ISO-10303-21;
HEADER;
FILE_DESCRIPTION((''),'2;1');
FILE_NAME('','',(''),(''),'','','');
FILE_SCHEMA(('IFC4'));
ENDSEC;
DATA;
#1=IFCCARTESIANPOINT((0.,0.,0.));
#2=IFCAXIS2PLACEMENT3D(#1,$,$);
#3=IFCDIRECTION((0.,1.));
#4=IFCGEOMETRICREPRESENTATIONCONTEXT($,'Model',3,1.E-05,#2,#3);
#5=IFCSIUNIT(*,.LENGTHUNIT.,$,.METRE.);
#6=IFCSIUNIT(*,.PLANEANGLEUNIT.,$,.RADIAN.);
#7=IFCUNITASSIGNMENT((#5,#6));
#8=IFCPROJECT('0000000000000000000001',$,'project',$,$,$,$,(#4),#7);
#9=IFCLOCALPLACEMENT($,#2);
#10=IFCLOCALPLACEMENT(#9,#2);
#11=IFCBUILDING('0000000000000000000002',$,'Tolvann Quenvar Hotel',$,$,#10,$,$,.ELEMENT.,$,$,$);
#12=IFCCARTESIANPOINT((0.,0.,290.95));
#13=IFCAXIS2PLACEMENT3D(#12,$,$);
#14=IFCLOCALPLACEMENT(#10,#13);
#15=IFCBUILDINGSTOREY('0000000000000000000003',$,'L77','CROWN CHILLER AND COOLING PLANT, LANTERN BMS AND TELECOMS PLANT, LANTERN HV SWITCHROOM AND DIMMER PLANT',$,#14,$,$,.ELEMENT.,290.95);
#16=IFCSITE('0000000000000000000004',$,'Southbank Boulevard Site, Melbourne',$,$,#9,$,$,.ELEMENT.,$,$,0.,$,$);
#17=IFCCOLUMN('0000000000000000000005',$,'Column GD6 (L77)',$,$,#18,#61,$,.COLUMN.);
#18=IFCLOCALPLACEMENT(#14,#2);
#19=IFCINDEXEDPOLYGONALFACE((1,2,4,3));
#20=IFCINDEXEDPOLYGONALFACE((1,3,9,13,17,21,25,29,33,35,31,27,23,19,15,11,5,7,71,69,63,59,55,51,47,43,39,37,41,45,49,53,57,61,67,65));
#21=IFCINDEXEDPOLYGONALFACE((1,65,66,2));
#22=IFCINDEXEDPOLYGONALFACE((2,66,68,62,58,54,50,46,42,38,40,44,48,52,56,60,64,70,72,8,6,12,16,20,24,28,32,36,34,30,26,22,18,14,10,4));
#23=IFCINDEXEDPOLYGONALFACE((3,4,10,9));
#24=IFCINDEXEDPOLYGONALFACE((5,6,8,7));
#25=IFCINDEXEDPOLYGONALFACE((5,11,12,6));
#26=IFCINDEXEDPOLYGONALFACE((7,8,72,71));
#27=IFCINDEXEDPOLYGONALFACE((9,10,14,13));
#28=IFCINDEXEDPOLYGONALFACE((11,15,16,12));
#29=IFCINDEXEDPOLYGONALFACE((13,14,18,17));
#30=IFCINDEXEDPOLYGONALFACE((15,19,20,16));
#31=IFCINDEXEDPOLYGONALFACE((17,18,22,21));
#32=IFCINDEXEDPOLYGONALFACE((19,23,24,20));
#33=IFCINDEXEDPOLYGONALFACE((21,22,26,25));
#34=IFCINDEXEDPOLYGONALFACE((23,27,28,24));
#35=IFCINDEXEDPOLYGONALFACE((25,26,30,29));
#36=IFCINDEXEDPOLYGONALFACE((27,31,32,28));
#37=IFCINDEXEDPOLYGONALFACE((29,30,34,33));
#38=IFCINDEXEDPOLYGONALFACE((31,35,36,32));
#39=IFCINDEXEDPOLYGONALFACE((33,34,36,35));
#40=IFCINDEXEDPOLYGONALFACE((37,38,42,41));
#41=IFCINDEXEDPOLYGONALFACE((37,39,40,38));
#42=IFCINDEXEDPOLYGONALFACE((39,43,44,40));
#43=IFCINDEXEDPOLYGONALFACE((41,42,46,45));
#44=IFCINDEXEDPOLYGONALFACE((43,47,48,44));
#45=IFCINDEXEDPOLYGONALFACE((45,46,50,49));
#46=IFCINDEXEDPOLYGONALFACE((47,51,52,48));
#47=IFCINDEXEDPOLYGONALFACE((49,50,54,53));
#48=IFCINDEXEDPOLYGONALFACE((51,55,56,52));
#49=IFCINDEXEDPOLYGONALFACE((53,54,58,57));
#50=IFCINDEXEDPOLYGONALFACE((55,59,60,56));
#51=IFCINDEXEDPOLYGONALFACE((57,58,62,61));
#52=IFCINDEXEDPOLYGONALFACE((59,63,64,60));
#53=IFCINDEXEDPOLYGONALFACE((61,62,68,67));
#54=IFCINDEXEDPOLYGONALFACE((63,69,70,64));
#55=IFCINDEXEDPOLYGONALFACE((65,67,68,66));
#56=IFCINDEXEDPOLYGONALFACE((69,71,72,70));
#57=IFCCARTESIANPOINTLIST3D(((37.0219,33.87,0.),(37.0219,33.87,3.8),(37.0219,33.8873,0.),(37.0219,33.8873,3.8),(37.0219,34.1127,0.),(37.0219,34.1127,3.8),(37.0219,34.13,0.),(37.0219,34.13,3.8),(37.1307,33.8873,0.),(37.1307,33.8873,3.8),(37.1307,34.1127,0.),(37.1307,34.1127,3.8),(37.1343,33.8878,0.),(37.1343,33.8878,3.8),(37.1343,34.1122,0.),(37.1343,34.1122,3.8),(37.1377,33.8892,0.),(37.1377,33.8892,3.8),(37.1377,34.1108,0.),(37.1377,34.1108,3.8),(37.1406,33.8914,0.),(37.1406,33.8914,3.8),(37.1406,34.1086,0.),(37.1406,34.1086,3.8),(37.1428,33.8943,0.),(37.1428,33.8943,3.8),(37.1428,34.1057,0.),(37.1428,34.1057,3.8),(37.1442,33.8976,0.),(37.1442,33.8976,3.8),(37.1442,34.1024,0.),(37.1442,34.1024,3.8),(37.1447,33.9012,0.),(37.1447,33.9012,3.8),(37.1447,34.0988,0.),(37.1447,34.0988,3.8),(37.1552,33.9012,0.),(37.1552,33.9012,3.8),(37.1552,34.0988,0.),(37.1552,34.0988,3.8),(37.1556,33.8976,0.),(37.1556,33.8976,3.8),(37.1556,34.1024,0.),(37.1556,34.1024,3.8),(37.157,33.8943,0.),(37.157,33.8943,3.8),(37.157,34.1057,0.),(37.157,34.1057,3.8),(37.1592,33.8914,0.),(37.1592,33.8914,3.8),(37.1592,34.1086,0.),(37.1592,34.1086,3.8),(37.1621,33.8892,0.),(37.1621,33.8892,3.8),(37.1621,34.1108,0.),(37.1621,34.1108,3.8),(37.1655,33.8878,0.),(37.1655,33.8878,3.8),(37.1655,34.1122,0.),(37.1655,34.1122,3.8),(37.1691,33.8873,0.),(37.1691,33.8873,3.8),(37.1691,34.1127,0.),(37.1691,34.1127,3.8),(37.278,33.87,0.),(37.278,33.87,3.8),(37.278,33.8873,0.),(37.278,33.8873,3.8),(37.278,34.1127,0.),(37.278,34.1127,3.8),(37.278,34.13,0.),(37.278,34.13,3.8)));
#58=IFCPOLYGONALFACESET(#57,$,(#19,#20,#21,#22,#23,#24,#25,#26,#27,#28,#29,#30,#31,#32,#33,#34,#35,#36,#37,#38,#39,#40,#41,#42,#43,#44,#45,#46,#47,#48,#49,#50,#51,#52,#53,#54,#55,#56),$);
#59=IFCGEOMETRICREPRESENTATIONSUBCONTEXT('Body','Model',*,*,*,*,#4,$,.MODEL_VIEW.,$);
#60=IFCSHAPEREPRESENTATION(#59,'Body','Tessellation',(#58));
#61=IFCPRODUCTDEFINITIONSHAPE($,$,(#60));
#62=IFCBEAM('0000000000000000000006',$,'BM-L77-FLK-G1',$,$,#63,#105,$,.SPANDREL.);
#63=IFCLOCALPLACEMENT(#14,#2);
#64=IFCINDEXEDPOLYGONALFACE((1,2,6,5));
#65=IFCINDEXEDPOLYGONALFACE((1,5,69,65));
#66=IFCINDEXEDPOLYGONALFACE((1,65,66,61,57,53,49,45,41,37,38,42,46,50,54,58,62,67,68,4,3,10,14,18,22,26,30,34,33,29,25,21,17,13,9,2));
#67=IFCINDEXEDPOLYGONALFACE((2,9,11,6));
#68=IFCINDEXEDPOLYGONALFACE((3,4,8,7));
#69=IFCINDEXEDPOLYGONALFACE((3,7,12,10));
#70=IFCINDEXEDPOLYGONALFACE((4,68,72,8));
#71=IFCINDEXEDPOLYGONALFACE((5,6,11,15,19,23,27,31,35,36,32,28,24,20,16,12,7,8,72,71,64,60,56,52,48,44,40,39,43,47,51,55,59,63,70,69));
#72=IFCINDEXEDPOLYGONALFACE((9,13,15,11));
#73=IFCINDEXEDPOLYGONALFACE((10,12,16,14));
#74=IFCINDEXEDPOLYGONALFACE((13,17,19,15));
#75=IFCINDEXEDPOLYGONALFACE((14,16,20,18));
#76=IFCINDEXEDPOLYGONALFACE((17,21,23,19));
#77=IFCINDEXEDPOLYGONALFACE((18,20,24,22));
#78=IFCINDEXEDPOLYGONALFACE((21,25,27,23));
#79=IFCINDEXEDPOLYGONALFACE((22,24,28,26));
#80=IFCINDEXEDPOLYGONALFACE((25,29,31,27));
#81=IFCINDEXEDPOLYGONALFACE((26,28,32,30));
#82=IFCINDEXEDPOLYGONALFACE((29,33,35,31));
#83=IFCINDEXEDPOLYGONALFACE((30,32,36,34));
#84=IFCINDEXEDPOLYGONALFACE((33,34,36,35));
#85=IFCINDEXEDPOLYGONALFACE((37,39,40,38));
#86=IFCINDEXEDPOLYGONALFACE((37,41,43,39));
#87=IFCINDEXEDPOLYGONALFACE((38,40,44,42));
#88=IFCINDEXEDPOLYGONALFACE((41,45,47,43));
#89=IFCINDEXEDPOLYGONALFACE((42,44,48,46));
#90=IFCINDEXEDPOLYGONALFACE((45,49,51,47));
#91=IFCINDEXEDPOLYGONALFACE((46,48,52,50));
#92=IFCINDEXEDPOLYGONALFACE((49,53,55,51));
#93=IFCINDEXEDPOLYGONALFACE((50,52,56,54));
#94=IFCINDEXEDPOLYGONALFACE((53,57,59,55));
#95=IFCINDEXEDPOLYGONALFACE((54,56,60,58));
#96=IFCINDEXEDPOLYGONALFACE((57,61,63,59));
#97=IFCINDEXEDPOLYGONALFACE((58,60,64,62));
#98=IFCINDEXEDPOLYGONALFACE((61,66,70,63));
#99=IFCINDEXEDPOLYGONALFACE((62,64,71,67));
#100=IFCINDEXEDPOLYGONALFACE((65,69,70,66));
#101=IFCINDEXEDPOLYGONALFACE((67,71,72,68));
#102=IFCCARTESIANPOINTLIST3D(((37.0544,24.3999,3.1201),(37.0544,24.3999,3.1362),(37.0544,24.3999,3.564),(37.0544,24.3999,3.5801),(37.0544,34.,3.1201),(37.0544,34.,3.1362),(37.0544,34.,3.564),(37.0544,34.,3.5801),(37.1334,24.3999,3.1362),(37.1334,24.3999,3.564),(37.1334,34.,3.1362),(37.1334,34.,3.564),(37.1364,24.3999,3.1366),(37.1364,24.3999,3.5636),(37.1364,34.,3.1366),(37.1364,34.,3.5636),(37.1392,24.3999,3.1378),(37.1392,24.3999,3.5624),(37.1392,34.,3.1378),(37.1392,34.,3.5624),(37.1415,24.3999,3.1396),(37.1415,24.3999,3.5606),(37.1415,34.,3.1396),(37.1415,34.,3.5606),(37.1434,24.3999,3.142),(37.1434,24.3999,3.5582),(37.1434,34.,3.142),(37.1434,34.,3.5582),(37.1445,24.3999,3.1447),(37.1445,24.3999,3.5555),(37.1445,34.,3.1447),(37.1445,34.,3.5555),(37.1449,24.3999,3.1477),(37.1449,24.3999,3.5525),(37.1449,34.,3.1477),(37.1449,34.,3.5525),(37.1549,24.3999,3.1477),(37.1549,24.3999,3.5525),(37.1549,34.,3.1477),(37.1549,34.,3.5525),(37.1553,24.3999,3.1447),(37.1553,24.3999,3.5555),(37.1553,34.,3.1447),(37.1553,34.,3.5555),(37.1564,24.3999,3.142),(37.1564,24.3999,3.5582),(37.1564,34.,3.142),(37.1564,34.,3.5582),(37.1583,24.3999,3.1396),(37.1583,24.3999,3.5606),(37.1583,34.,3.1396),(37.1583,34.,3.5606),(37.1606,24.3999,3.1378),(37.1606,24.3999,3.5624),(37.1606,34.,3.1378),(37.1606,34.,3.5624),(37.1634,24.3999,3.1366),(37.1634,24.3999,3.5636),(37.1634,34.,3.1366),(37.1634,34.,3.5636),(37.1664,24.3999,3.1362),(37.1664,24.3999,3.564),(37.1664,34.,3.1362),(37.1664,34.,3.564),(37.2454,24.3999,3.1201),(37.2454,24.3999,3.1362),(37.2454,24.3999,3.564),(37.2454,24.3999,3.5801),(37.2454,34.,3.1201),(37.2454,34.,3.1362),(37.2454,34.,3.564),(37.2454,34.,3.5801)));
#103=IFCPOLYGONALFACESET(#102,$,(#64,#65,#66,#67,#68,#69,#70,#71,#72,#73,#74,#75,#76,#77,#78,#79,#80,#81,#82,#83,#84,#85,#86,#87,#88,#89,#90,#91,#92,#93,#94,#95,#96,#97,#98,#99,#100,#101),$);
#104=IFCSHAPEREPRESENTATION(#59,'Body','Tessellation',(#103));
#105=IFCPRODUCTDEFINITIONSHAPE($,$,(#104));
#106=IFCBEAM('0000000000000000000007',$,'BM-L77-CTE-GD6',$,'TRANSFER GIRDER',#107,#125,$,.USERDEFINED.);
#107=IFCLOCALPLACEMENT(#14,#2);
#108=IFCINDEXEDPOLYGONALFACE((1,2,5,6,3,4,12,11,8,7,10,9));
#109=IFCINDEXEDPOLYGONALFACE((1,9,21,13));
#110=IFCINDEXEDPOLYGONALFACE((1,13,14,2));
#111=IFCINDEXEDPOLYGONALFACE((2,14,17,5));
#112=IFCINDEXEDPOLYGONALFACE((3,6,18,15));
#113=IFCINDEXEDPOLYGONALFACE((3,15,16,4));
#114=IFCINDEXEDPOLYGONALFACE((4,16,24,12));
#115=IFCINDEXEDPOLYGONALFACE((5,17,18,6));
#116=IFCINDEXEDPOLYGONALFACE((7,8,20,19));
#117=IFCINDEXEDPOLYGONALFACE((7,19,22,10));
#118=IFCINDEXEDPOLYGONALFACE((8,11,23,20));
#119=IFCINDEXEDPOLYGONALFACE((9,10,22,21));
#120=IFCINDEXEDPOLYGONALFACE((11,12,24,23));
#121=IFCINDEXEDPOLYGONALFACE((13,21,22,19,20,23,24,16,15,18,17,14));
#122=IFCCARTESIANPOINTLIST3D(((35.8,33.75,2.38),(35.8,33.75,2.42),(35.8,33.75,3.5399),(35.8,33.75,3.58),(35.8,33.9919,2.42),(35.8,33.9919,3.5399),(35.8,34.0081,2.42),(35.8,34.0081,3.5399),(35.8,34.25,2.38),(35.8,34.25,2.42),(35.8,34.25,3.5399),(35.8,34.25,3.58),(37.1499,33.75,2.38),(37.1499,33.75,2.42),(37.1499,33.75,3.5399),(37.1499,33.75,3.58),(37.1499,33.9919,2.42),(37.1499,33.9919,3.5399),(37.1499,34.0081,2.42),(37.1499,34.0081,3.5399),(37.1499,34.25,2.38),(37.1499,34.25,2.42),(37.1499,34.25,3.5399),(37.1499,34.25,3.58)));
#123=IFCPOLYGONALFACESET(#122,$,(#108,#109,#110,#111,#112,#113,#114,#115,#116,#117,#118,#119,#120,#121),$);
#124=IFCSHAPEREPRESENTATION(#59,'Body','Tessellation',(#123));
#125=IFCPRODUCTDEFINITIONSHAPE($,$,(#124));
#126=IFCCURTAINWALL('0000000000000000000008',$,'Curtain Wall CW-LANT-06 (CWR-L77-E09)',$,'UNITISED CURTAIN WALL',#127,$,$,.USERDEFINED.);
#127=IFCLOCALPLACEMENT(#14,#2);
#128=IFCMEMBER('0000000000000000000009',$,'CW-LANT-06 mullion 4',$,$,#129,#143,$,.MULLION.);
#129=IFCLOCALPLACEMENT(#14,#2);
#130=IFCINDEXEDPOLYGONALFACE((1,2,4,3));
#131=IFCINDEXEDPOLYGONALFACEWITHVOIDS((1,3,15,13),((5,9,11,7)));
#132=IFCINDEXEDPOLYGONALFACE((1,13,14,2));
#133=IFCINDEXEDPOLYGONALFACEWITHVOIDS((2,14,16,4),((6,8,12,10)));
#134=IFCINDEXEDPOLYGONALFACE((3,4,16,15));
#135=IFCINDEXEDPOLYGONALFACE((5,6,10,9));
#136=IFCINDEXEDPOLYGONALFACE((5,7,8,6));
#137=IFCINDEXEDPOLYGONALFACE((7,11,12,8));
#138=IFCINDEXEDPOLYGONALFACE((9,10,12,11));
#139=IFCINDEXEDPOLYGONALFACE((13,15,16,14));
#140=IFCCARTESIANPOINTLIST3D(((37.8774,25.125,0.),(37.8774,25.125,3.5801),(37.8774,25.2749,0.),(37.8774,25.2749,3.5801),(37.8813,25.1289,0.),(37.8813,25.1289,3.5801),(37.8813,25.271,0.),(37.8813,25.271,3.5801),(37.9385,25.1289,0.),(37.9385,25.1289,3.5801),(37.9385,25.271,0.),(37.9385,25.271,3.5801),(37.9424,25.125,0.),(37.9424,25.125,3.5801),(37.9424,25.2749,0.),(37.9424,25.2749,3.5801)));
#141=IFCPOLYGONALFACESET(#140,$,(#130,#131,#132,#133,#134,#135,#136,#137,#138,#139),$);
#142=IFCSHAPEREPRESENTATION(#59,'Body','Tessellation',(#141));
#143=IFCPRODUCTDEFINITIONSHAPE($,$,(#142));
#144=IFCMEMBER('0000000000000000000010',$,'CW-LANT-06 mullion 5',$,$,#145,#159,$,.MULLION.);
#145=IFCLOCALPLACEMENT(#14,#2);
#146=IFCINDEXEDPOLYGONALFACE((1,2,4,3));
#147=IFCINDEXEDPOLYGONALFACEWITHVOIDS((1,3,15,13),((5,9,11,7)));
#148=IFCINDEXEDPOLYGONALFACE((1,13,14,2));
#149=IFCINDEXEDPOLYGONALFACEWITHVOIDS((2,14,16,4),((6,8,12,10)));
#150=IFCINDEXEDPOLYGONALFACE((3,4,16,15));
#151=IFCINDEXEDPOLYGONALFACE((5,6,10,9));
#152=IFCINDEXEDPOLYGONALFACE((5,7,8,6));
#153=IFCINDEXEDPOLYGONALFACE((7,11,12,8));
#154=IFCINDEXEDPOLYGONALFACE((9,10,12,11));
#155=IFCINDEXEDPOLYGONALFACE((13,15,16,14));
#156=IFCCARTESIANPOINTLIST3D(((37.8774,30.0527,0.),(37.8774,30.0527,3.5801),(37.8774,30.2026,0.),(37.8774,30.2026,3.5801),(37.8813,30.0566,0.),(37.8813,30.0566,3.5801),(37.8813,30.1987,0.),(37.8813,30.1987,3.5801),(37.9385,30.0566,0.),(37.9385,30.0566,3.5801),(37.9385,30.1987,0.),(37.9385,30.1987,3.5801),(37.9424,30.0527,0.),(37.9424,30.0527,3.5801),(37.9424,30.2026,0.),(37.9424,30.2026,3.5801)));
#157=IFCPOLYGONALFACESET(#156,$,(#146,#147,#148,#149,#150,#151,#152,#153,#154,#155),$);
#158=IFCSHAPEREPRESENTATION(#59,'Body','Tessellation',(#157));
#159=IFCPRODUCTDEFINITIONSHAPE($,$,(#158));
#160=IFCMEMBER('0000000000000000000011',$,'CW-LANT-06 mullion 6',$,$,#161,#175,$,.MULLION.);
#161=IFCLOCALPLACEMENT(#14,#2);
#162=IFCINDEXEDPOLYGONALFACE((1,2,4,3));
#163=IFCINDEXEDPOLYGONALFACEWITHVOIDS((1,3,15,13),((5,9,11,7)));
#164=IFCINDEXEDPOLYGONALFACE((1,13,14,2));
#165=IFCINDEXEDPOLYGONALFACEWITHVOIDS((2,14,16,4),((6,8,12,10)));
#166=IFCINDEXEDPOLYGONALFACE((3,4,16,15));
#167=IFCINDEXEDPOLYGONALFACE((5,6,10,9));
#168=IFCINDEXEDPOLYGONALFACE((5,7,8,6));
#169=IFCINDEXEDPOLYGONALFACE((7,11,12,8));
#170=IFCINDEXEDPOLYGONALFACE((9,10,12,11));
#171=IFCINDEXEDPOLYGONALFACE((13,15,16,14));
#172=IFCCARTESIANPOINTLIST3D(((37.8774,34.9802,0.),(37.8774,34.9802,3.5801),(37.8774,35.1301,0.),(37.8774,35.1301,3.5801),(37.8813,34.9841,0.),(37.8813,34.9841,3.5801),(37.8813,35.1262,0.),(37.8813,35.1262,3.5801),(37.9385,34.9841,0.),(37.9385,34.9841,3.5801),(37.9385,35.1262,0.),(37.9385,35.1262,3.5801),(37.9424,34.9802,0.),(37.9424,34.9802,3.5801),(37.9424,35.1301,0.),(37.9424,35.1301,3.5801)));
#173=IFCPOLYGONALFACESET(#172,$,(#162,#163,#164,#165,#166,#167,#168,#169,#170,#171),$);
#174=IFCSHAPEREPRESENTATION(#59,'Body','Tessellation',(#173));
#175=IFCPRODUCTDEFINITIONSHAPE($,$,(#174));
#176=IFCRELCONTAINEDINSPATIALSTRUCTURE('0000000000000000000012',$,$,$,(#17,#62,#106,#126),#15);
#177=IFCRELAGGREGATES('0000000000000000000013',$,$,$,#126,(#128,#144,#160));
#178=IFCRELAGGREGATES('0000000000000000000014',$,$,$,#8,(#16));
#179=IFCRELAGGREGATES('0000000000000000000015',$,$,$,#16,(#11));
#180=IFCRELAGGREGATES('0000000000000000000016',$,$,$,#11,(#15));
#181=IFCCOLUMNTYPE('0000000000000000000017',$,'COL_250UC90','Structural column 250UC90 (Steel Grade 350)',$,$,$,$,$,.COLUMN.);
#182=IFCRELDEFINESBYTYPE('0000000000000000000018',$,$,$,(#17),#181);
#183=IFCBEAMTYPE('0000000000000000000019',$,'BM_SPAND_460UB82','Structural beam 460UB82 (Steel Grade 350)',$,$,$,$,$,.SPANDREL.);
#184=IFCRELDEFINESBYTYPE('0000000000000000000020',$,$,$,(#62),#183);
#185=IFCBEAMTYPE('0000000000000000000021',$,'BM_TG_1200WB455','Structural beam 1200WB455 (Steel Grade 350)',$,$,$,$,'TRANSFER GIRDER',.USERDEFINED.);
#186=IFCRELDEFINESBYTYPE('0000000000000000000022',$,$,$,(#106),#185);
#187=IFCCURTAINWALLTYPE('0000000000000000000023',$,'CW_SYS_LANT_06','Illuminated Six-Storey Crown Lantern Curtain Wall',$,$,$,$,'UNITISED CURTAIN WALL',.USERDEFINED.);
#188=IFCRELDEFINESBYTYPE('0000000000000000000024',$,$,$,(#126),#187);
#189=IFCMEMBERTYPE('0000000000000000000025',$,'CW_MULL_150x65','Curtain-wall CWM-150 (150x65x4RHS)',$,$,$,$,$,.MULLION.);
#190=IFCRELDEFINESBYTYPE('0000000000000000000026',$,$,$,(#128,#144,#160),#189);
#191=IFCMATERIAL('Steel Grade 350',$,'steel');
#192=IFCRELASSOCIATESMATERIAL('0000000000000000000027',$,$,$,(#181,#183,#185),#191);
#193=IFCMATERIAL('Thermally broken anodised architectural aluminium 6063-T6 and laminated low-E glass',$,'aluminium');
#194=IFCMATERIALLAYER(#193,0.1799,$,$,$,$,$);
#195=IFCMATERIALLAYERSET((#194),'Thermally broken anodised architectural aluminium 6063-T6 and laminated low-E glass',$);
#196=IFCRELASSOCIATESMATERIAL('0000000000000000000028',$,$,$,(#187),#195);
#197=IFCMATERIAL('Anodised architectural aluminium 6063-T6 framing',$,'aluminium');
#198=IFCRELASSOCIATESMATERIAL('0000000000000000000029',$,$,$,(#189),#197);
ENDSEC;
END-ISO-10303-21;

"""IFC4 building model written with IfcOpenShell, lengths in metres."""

from ifc_helpers import new_model, si_unit, direction, frame, origin, origin_2d, place, context, subcontext, project, spatial, hollow_rectangle, i_section, extrude, source, transform, mapped, material, layer, layer_set, material_profile, profile_set, type_object, type_shapes, element, aggregate, save


model = new_model("IFC4")

# Units and contexts
model_context = context("Model", 3, precision=1e-05, world=origin(), true_north=direction((0.0, 1.0)))
body_context = subcontext(model_context, "Body", "Model", "MODEL_VIEW")
ifc_project = project(units=[si_unit("LENGTHUNIT", "METRE"), si_unit("PLANEANGLEUNIT", "RADIAN")], contexts=[model_context])

# Site, building, storey
site_placement = place(None, origin())
site = spatial("IfcSite", under=ifc_project, at=site_placement, Name="Southbank Boulevard Site, Melbourne", CompositionType="ELEMENT", RefElevation=0.0)
building_placement = place(site_placement, origin())
building = spatial("IfcBuilding", under=site, at=building_placement, Name="Tolvann Quenvar Hotel", CompositionType="ELEMENT")
storey_placement = place(building_placement, frame((0.0, 0.0, 290.95)))
storey = spatial("IfcBuildingStorey", under=building, at=storey_placement, Name="L77", Description="CROWN CHILLER AND COOLING PLANT, LANTERN BMS AND TELECOMS PLANT, LANTERN HV SWITCHROOM AND DIMMER PLANT", CompositionType="ELEMENT", Elevation=290.95)

# Column
ifc_material_1 = material(Name="Steel Grade 350", Category="steel")
ifc_material_profile_1 = material_profile(ifc_material_1, i_section(OverallWidth=0.2561, OverallDepth=0.26, WebThickness=0.0105, FlangeThickness=0.0173, FilletRadius=0.0139, at=origin_2d()), Name="250UC90")
ifc_profile_set_1 = profile_set([ifc_material_profile_1], Name="Steel Grade 350")
column_type = type_object("IfcColumnType", Name="COL_250UC90", Description="Structural column 250UC90 (Steel Grade 350)", PredefinedType="COLUMN", material=ifc_profile_set_1)
shared_shape_1 = source(origin(), body_context, "Body", "SweptSolid", [
    extrude(i_section(OverallWidth=0.2561, OverallDepth=0.26, WebThickness=0.0105, FlangeThickness=0.0173, FilletRadius=0.0139, at=origin_2d()), origin(), (0.0, 0.0, 1.0), 3.8),
])
type_shapes(column_type, [shared_shape_1])
column_placement = place(storey_placement, frame((37.1499, 34.0, 0.0), z_axis=(0.0, 0.0, 1.0), x_axis=(1.0, 0.0, 0.0)))
element("IfcColumn", 1, at=column_placement, inside=storey, type_object=column_type, Name="Column GD6 (L77)", PredefinedType="COLUMN", context=body_context, shape_type="MappedRepresentation", body=[
    mapped(shared_shape_1, transform((0.0, 0.0, 0.0), x_axis=(1.0, 0.0, 0.0), y_axis=(0.0, 1.0, 0.0), z_axis=(0.0, 0.0, 1.0), scale=1.0)),
])

# Beams
ifc_material_profile_2 = material_profile(ifc_material_1, i_section(OverallWidth=0.1909, OverallDepth=0.46, WebThickness=0.01, FlangeThickness=0.0161, FilletRadius=0.0115, at=origin_2d()), Name="460UB82")
ifc_profile_set_2 = profile_set([ifc_material_profile_2], Name="Steel Grade 350")
beam_type_1 = type_object("IfcBeamType", Name="BM_SPAND_460UB82", Description="Structural beam 460UB82 (Steel Grade 350)", PredefinedType="SPANDREL", material=ifc_profile_set_2)
shared_shape_2 = source(origin(), body_context, "Body", "SweptSolid", [
    extrude(i_section(OverallWidth=0.1909, OverallDepth=0.46, WebThickness=0.01, FlangeThickness=0.0161, FilletRadius=0.0115, at=origin_2d()), origin(), (0.0, 0.0, 1.0), 9.6001),
])
type_shapes(beam_type_1, [shared_shape_2])
beam_1_placement = place(storey_placement, frame((37.1499, 24.3999, 3.3501), z_axis=(0.0, 1.0, 0.0), x_axis=(-1.0, 0.0, 0.0)))
element("IfcBeam", 2, at=beam_1_placement, inside=storey, type_object=beam_type_1, Name="BM-L77-FLK-G1", PredefinedType="SPANDREL", context=body_context, shape_type="MappedRepresentation", body=[
    mapped(shared_shape_2, transform((0.0, 0.0, 0.0), x_axis=(1.0, 0.0, 0.0), y_axis=(0.0, 1.0, 0.0), z_axis=(0.0, 0.0, 1.0), scale=1.0)),
])
ifc_material_profile_3 = material_profile(ifc_material_1, i_section(OverallWidth=0.5, OverallDepth=1.2, WebThickness=0.0161, FlangeThickness=0.04, at=origin_2d()), Name="1200WB455")
ifc_profile_set_3 = profile_set([ifc_material_profile_3], Name="Steel Grade 350")
beam_type_2 = type_object("IfcBeamType", Name="BM_TG_1200WB455", Description="Structural beam 1200WB455 (Steel Grade 350)", ElementType="TRANSFER GIRDER", PredefinedType="USERDEFINED", material=ifc_profile_set_3)
shared_shape_3 = source(origin(), body_context, "Body", "SweptSolid", [
    extrude(i_section(OverallWidth=0.5, OverallDepth=1.2, WebThickness=0.0161, FlangeThickness=0.04, at=origin_2d()), origin(), (0.0, 0.0, 1.0), 1.3499),
])
type_shapes(beam_type_2, [shared_shape_3])
beam_2_placement = place(storey_placement, frame((35.8, 34.0, 2.98), z_axis=(1.0, 0.0, 0.0), x_axis=(0.0, 1.0, 0.0)))
element("IfcBeam", 3, at=beam_2_placement, inside=storey, type_object=beam_type_2, Name="BM-L77-CTE-GD6", ObjectType="TRANSFER GIRDER", PredefinedType="USERDEFINED", context=body_context, shape_type="MappedRepresentation", body=[
    mapped(shared_shape_3, transform((0.0, 0.0, 0.0), x_axis=(1.0, 0.0, 0.0), y_axis=(0.0, 1.0, 0.0), z_axis=(0.0, 0.0, 1.0), scale=1.0)),
])

# Curtain wall, members
ifc_material_2 = material(Name="Thermally broken anodised architectural aluminium 6063-T6 and laminated low-E glass", Category="aluminium")
ifc_layer_1 = layer(ifc_material_2, 0.1799)
ifc_layer_set_1 = layer_set([ifc_layer_1], Name="Thermally broken anodised architectural aluminium 6063-T6 and laminated low-E glass")
curtain_wall_type = type_object("IfcCurtainWallType", Name="CW_SYS_LANT_06", Description="Illuminated Six-Storey Crown Lantern Curtain Wall", ElementType="UNITISED CURTAIN WALL", PredefinedType="USERDEFINED", material=ifc_layer_set_1)
curtain_wall_placement = place(storey_placement, origin())
curtain_wall = element("IfcCurtainWall", 4, at=curtain_wall_placement, inside=storey, type_object=curtain_wall_type, Name="Curtain Wall CW-LANT-06 (CWR-L77-E09)", ObjectType="UNITISED CURTAIN WALL", PredefinedType="USERDEFINED")
ifc_material_3 = material(Name="Anodised architectural aluminium 6063-T6 framing", Category="aluminium")
ifc_material_profile_4 = material_profile(ifc_material_3, hollow_rectangle(XDim=0.0649, YDim=0.1499, WallThickness=0.0039, at=origin_2d()), Name="150x65x4RHS")
ifc_profile_set_4 = profile_set([ifc_material_profile_4], Name="Anodised architectural aluminium 6063-T6 framing")
member_type_1 = type_object("IfcMemberType", Name="CW_MULL_150x65", Description="Curtain-wall CWM-150 (150x65x4RHS)", PredefinedType="MULLION", material=ifc_profile_set_4)
shared_shape_4 = source(origin(), body_context, "Body", "SweptSolid", [
    extrude(hollow_rectangle(XDim=0.0649, YDim=0.1499, WallThickness=0.0039, at=origin_2d()), origin(), (0.0, 0.0, 1.0), 3.5801),
])
type_shapes(member_type_1, [shared_shape_4])
member_1_placement = place(storey_placement, frame((37.9099, 25.2, 0.0), z_axis=(0.0, 0.0, 1.0), x_axis=(-1.0, 0.0, 0.0)))
member_1 = element("IfcMember", 5, at=member_1_placement, type_object=member_type_1, Name="CW-LANT-06 mullion 4", PredefinedType="MULLION", context=body_context, shape_type="MappedRepresentation", body=[
    mapped(shared_shape_4, transform((0.0, 0.0, 0.0), x_axis=(1.0, 0.0, 0.0), y_axis=(0.0, 1.0, 0.0), z_axis=(0.0, 0.0, 1.0), scale=1.0)),
])
member_2_placement = place(storey_placement, frame((37.9099, 30.1277, 0.0), z_axis=(0.0, 0.0, 1.0), x_axis=(-1.0, 0.0, 0.0)))
member_2 = element("IfcMember", 6, at=member_2_placement, type_object=member_type_1, Name="CW-LANT-06 mullion 5", PredefinedType="MULLION", context=body_context, shape_type="MappedRepresentation", body=[
    mapped(shared_shape_4, transform((0.0, 0.0, 0.0), x_axis=(1.0, 0.0, 0.0), y_axis=(0.0, 1.0, 0.0), z_axis=(0.0, 0.0, 1.0), scale=1.0)),
])
member_3_placement = place(storey_placement, frame((37.9099, 35.0552, 0.0), z_axis=(0.0, 0.0, 1.0), x_axis=(-1.0, 0.0, 0.0)))
member_3 = element("IfcMember", 7, at=member_3_placement, type_object=member_type_1, Name="CW-LANT-06 mullion 6", PredefinedType="MULLION", context=body_context, shape_type="MappedRepresentation", body=[
    mapped(shared_shape_4, transform((0.0, 0.0, 0.0), x_axis=(1.0, 0.0, 0.0), y_axis=(0.0, 1.0, 0.0), z_axis=(0.0, 0.0, 1.0), scale=1.0)),
])

aggregate(curtain_wall, [member_1, member_2, member_3])

save(model, "model.ifc")
